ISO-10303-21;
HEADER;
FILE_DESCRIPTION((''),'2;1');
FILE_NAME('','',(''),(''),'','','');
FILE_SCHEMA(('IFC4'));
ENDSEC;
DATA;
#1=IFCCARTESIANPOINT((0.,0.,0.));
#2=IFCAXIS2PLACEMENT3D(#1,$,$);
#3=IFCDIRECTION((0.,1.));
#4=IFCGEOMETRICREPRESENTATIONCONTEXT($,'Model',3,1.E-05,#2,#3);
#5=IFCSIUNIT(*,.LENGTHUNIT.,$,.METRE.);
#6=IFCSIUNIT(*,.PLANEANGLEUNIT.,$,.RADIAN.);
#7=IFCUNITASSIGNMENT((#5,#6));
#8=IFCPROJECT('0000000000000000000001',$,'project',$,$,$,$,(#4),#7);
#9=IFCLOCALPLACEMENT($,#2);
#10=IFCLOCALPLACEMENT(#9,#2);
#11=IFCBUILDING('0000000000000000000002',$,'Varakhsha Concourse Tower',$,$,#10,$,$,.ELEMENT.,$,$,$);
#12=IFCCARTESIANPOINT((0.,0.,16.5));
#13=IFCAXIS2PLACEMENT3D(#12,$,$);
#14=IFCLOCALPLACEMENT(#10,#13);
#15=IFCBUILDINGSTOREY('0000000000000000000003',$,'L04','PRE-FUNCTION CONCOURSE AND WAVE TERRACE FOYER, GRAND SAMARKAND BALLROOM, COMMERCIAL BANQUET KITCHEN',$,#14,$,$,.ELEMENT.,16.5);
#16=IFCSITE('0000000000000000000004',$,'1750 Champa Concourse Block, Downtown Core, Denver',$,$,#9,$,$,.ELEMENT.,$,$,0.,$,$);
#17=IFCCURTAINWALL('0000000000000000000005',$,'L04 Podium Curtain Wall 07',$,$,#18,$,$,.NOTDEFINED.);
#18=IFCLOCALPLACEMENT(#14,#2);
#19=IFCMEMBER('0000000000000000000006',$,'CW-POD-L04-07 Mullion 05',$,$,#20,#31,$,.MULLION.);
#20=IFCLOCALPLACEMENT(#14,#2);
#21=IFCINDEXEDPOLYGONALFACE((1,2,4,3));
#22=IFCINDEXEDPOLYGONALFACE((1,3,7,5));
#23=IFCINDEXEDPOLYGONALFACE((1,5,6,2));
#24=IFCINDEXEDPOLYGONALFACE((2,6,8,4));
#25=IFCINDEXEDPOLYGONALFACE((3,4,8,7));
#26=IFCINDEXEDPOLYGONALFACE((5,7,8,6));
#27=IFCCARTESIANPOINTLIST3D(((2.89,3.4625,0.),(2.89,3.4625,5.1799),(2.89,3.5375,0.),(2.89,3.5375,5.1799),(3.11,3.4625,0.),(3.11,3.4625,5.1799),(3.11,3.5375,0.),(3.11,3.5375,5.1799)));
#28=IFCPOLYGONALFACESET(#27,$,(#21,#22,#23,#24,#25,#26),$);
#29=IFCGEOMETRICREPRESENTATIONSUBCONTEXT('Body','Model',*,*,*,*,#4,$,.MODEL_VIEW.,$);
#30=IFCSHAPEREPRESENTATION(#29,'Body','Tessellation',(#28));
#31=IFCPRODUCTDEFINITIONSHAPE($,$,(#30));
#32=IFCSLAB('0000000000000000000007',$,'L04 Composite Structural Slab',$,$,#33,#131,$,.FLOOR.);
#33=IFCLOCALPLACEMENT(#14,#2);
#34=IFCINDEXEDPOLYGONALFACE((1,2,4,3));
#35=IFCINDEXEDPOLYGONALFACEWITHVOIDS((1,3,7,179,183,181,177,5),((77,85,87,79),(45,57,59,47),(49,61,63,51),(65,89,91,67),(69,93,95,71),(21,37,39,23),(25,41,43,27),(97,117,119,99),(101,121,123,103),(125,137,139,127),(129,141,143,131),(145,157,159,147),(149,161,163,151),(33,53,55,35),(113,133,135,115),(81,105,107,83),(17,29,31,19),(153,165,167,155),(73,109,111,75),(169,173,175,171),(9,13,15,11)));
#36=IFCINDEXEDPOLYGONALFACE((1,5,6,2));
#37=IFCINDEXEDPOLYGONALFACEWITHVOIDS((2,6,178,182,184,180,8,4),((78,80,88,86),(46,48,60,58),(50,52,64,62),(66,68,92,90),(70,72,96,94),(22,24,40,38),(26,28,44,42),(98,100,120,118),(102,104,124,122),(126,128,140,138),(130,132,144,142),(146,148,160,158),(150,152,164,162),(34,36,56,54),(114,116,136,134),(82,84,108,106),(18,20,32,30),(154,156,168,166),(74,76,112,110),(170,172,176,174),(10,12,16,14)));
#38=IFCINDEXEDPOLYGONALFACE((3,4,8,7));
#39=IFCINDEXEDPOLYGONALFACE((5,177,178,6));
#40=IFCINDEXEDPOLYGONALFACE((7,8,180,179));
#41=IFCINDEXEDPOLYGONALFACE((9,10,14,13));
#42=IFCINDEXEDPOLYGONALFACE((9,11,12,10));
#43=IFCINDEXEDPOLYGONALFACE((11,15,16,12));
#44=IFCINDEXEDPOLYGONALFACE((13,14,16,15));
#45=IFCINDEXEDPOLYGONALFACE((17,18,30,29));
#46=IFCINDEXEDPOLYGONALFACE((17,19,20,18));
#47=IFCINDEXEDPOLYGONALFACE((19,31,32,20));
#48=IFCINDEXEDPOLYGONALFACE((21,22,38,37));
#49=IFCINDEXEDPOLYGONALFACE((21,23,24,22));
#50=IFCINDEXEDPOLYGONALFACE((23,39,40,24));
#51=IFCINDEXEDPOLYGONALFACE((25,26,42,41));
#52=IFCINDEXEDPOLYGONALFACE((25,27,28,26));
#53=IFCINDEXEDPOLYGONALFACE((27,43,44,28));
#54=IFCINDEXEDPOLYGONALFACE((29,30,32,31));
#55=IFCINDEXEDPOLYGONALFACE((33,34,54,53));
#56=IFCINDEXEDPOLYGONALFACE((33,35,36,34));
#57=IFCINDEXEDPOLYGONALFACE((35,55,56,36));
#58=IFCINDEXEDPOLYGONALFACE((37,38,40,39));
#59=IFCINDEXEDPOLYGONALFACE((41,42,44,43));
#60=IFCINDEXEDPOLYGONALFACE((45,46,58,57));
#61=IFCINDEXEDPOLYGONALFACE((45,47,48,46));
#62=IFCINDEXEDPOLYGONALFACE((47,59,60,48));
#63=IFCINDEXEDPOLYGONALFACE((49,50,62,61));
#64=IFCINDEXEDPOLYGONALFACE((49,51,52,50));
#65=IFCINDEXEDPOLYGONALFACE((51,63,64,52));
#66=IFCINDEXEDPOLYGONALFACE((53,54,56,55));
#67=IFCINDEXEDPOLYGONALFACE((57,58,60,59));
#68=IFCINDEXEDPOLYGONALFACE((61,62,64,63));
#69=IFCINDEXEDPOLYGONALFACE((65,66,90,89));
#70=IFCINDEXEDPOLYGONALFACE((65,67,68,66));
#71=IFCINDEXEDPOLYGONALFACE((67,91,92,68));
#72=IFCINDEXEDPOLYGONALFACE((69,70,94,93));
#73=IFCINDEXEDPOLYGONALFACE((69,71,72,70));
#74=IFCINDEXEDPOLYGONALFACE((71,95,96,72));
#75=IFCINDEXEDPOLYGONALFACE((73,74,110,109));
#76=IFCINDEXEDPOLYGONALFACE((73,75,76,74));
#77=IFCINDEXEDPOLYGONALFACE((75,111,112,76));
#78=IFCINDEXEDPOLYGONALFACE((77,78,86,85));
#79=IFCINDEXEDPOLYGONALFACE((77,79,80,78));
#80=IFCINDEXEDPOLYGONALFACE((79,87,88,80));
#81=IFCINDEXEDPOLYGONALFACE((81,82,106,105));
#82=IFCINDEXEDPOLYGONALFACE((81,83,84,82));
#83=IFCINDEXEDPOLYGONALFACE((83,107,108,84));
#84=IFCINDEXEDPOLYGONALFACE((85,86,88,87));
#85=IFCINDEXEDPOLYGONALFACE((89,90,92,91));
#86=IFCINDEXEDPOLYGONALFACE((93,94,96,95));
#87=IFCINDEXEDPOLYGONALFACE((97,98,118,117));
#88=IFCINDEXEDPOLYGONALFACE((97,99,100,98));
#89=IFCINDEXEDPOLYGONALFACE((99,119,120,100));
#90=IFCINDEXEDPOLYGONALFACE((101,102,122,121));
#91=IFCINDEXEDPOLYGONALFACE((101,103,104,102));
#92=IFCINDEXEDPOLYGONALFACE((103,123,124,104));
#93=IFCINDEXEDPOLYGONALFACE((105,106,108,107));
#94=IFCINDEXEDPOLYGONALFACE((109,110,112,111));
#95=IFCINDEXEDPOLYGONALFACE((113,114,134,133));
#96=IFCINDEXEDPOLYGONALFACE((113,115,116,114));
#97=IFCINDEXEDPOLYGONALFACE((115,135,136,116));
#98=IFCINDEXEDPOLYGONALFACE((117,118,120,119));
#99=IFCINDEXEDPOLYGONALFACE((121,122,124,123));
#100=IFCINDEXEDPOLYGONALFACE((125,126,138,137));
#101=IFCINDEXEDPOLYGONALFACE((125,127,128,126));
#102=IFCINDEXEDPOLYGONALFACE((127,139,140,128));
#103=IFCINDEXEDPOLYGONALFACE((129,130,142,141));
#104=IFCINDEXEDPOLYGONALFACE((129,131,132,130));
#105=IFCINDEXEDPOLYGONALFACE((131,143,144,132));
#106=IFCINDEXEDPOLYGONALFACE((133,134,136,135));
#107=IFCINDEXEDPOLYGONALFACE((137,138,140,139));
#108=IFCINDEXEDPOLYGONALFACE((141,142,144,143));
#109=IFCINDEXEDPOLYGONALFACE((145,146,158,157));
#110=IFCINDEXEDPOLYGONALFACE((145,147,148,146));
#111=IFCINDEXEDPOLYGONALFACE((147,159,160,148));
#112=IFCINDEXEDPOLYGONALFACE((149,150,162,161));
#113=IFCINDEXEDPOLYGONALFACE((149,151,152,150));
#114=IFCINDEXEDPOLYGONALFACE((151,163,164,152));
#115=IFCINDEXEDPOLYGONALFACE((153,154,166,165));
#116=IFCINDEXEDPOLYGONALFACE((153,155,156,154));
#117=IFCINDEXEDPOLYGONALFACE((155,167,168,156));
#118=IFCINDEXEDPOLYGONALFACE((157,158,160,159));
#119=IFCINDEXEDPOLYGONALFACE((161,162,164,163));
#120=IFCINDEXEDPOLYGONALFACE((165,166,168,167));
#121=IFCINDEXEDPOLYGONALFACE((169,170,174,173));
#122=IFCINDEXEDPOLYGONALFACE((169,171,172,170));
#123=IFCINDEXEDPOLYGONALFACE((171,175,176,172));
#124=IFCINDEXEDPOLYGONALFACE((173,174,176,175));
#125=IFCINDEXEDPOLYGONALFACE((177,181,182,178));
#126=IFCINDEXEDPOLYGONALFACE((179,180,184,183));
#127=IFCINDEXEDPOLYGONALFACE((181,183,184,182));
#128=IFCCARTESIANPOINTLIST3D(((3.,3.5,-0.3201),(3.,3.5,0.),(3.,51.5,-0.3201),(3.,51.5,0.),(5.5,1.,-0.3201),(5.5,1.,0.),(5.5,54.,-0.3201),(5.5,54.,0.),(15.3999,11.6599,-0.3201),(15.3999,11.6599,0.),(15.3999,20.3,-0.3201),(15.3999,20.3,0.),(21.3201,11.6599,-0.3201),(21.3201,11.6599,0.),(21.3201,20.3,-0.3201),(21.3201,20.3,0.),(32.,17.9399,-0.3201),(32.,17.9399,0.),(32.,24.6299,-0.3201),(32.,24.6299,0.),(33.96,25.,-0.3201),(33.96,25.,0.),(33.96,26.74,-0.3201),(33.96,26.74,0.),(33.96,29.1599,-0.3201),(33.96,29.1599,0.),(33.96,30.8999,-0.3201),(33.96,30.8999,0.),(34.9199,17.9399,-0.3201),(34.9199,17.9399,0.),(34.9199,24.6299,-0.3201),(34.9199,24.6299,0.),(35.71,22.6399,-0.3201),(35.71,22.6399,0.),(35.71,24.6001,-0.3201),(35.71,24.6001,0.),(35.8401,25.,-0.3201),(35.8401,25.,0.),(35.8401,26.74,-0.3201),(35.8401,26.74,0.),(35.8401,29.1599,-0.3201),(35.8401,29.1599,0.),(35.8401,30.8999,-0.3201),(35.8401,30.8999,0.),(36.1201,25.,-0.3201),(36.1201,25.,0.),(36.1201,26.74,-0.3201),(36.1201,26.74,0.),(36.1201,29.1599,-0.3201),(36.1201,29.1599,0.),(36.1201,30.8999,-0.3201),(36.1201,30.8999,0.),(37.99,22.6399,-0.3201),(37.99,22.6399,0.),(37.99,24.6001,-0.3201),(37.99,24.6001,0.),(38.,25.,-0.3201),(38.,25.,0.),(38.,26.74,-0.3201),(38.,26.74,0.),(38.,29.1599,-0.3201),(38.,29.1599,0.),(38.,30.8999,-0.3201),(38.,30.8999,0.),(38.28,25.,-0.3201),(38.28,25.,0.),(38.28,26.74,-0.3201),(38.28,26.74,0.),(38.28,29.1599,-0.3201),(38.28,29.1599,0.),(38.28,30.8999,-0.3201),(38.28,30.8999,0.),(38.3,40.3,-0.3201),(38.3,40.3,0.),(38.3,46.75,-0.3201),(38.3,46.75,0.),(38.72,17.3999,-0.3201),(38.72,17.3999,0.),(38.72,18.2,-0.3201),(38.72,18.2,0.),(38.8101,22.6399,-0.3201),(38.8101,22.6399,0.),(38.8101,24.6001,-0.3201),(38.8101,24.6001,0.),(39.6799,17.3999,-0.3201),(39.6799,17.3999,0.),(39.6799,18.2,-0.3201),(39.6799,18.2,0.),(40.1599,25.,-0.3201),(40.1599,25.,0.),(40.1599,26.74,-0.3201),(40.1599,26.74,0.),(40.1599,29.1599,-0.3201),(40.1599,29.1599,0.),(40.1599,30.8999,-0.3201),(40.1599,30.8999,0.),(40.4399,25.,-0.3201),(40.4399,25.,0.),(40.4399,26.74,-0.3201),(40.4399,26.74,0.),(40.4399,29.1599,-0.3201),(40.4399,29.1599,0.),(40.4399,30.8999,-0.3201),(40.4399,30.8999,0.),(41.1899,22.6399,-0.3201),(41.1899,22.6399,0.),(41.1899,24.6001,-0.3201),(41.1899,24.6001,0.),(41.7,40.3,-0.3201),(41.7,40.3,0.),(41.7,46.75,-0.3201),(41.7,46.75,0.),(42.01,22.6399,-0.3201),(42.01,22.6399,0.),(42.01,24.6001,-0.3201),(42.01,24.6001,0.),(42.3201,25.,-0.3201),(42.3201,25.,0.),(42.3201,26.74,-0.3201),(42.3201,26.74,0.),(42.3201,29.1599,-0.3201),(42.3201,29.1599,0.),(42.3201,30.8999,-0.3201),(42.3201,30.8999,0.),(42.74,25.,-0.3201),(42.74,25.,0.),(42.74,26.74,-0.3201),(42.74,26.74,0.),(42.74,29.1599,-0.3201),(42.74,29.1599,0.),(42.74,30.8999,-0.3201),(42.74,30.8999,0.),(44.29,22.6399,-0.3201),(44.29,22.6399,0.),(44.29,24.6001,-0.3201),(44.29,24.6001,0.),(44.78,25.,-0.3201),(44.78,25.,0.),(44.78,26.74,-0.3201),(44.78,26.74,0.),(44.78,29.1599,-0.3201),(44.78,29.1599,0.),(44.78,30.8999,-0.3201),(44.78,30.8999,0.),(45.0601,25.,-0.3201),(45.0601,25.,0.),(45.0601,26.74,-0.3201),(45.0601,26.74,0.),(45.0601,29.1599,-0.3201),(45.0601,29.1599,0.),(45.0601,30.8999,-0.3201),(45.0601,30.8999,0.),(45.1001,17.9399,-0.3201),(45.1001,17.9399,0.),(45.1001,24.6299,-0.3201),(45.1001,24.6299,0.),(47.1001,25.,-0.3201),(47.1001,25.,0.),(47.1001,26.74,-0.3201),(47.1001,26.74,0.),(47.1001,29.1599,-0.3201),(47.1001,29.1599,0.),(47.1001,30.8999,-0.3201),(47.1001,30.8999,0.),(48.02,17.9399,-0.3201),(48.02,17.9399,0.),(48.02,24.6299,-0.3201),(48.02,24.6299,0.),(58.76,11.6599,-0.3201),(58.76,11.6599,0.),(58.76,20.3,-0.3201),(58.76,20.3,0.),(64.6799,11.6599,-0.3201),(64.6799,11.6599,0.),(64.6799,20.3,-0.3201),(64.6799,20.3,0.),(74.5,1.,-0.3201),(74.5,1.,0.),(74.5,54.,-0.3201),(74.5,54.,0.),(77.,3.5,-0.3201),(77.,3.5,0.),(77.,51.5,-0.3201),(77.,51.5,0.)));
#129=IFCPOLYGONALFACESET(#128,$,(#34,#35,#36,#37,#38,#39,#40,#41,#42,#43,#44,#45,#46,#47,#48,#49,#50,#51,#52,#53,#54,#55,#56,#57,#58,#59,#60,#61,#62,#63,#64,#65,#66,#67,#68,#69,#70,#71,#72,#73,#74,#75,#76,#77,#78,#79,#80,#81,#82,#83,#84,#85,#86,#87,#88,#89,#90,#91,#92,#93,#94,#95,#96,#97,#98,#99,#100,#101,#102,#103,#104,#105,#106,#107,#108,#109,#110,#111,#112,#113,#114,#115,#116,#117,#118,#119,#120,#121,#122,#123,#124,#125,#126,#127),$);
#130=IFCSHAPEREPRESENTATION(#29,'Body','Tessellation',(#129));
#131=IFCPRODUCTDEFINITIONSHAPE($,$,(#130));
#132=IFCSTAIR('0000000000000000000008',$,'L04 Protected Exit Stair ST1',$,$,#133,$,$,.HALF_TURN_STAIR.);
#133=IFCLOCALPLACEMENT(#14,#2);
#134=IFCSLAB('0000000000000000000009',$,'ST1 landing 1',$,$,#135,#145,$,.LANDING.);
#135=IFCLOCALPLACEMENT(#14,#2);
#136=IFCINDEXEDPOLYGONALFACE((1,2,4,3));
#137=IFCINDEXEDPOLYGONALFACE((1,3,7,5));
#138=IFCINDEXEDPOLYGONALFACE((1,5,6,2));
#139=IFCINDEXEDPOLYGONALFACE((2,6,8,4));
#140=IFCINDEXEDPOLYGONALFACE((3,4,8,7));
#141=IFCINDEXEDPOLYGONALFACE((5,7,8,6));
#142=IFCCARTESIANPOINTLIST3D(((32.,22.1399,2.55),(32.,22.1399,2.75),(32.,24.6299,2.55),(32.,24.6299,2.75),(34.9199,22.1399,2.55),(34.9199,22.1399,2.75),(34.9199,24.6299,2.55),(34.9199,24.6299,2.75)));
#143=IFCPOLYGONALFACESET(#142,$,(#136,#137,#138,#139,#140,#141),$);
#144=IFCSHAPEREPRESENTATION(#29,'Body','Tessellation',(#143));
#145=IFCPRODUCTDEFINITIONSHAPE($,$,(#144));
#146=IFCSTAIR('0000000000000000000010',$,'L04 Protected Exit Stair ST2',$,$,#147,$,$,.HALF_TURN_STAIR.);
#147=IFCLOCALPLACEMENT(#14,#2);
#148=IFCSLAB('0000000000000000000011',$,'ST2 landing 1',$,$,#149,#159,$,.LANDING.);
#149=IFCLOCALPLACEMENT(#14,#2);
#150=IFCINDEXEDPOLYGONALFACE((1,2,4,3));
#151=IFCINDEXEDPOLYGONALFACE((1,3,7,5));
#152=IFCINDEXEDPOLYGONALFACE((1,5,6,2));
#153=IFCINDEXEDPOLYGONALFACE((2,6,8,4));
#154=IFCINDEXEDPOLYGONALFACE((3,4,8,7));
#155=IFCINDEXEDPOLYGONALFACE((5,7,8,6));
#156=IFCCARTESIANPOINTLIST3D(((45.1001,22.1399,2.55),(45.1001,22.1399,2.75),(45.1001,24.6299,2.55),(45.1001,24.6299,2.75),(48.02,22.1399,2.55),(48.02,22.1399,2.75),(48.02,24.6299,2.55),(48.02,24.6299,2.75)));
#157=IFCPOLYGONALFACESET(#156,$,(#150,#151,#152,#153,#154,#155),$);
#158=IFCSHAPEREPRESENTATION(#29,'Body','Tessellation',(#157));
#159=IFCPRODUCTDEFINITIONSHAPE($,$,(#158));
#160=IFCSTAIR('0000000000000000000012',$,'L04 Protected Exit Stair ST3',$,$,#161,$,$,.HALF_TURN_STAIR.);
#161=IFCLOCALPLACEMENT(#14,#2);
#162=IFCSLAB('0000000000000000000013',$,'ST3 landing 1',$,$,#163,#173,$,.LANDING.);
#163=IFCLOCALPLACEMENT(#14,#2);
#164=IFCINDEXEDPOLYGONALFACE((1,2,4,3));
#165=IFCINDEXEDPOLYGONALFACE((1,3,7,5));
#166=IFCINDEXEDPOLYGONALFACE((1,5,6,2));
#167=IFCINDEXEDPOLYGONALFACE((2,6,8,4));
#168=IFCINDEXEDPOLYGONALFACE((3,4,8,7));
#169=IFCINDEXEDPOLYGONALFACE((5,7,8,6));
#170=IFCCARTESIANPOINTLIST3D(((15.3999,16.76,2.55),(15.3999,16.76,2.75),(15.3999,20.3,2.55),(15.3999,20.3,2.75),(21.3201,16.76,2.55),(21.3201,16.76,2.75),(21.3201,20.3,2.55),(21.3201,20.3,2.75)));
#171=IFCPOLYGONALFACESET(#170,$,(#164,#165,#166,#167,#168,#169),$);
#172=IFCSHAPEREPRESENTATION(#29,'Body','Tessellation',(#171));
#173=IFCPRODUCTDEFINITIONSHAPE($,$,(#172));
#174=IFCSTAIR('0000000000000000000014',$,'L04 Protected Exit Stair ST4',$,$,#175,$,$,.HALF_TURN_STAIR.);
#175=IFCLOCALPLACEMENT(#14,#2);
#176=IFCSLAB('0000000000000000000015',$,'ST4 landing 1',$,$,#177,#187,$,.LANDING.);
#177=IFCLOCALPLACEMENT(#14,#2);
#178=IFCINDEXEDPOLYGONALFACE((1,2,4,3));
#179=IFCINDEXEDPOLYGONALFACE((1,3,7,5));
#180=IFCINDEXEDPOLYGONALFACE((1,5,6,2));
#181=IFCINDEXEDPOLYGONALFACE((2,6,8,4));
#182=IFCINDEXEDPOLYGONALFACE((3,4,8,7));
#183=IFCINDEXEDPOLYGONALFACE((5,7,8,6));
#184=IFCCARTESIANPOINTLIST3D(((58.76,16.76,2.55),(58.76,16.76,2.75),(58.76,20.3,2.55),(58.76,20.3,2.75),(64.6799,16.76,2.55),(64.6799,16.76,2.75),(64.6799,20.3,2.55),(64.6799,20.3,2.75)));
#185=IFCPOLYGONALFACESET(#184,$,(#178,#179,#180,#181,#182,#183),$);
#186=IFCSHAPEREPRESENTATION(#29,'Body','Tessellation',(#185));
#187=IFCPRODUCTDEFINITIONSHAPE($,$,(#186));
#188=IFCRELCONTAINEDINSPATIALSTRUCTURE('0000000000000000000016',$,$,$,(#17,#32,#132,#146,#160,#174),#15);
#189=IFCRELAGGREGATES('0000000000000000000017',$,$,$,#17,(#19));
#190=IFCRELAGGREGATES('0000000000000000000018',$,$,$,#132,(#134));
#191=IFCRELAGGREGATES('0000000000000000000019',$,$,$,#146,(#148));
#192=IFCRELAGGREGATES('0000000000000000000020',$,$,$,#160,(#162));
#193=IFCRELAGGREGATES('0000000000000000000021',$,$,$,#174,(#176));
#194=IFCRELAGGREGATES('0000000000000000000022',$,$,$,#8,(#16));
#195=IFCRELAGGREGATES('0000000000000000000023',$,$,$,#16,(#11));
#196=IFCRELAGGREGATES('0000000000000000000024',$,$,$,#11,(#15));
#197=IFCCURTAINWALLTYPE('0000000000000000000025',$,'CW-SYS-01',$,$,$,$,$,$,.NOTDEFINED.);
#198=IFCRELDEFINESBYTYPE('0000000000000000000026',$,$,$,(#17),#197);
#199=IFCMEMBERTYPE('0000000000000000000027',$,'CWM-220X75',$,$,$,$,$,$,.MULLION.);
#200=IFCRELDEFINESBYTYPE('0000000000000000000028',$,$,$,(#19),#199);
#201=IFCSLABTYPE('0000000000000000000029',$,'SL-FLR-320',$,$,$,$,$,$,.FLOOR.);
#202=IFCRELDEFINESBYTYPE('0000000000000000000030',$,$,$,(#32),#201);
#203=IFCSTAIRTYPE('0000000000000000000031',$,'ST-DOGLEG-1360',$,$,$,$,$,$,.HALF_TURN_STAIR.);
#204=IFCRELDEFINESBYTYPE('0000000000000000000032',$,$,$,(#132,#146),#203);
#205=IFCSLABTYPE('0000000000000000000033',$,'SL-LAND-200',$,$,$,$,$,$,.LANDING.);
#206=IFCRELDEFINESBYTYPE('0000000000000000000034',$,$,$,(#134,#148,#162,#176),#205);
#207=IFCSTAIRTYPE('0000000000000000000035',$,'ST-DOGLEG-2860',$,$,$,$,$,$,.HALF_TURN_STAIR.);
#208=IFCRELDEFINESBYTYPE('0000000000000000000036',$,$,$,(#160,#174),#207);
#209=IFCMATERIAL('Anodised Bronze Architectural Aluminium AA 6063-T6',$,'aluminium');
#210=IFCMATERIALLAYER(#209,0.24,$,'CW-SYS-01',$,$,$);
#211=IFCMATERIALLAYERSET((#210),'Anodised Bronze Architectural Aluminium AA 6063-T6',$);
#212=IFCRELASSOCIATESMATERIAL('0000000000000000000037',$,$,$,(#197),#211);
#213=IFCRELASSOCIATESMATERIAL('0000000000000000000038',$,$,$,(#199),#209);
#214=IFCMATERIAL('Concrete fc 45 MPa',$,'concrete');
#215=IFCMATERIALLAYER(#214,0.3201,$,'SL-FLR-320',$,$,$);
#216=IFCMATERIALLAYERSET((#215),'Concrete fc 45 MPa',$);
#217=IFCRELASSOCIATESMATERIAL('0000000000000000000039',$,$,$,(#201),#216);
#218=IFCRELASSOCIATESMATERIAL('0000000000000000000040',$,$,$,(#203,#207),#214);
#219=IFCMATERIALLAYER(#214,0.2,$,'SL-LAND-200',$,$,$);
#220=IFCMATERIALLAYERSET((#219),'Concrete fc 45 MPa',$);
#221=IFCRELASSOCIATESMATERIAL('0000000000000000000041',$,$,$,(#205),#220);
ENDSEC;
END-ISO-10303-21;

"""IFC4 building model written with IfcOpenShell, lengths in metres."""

from ifc_helpers import new_model, si_unit, direction, frame, origin, origin_2d, place, context, subcontext, project, spatial, polyline, rectangle, outline, extrude, source, transform, mapped, material, layer, layer_set, material_profile, profile_set, type_object, type_shapes, element, aggregate, save


model = new_model("IFC4")

# Units and contexts
model_context = context("Model", 3, precision=1e-05, world=origin(), true_north=direction((0.0, 1.0)))
body_context = subcontext(model_context, "Body", "Model", "MODEL_VIEW")
ifc_project = project(units=[si_unit("LENGTHUNIT", "METRE"), si_unit("PLANEANGLEUNIT", "RADIAN")], contexts=[model_context])

# Site, building, storey
site_placement = place(None, origin())
site = spatial("IfcSite", under=ifc_project, at=site_placement, Name="1750 Champa Concourse Block, Downtown Core, Denver", CompositionType="ELEMENT", RefElevation=0.0)
building_placement = place(site_placement, origin())
building = spatial("IfcBuilding", under=site, at=building_placement, Name="Varakhsha Concourse Tower", CompositionType="ELEMENT")
storey_placement = place(building_placement, frame((0.0, 0.0, 16.5)))
storey = spatial("IfcBuildingStorey", under=building, at=storey_placement, Name="L04", Description="PRE-FUNCTION CONCOURSE AND WAVE TERRACE FOYER, GRAND SAMARKAND BALLROOM, COMMERCIAL BANQUET KITCHEN", CompositionType="ELEMENT", Elevation=16.5)

# Curtain wall, member
ifc_material_1 = material(Name="Anodised Bronze Architectural Aluminium AA 6063-T6", Category="aluminium")
ifc_layer_1 = layer(ifc_material_1, 0.24, Name="CW-SYS-01")
ifc_layer_set_1 = layer_set([ifc_layer_1], Name="Anodised Bronze Architectural Aluminium AA 6063-T6")
curtain_wall_type = type_object("IfcCurtainWallType", Name="CW-SYS-01", PredefinedType="NOTDEFINED", material=ifc_layer_set_1)
curtain_wall_placement = place(storey_placement, origin())
curtain_wall = element("IfcCurtainWall", 1, at=curtain_wall_placement, inside=storey, type_object=curtain_wall_type, Name="L04 Podium Curtain Wall 07", PredefinedType="NOTDEFINED")
ifc_material_profile = material_profile(ifc_material_1, rectangle(XDim=0.075, YDim=0.22, at=origin_2d()), Name="CWM-220X75")
ifc_profile_set = profile_set([ifc_material_profile], Name="Anodised Bronze Architectural Aluminium AA 6063-T6")
member_type = type_object("IfcMemberType", Name="CWM-220X75", PredefinedType="MULLION", material=ifc_profile_set)
shared_shape = source(origin(), body_context, "Body", "SweptSolid", [
    extrude(rectangle(XDim=0.075, YDim=0.22, at=origin_2d()), origin(), (0.0, 0.0, 1.0), 5.1799),
])
type_shapes(member_type, [shared_shape])
member_placement = place(storey_placement, frame((3.0, 3.5, 0.0), z_axis=(0.0, 0.0, 1.0), x_axis=(0.0, -1.0, 0.0)))
member = element("IfcMember", 2, at=member_placement, type_object=member_type, Name="CW-POD-L04-07 Mullion 05", PredefinedType="MULLION", context=body_context, shape_type="MappedRepresentation", body=[
    mapped(shared_shape, transform((0.0, 0.0, 0.0), scale=1.0)),
])
aggregate(curtain_wall, [member])

# Slab
ifc_material_2 = material(Name="Concrete fc 45 MPa", Category="concrete")
ifc_layer_2 = layer(ifc_material_2, 0.3201, Name="SL-FLR-320")
ifc_layer_set_2 = layer_set([ifc_layer_2], Name="Concrete fc 45 MPa")
slab_type_1 = type_object("IfcSlabType", Name="SL-FLR-320", PredefinedType="FLOOR", material=ifc_layer_set_2)
slab_1_placement = place(storey_placement, frame((0.0, 0.0, -0.3201)))
element("IfcSlab", 3, at=slab_1_placement, inside=storey, type_object=slab_type_1, Name="L04 Composite Structural Slab", PredefinedType="FLOOR", context=body_context, shape_type="SweptSolid", body=[
    extrude(outline(polyline([(5.5, 1.0), (74.5, 1.0), (77.0, 3.5), (77.0, 51.5), (74.5, 54.0), (5.5, 54.0), (3.0, 51.5), (3.0, 3.5), (5.5, 1.0)]), holes=[polyline([(34.9199, 17.9399), (34.9199, 24.6299), (32.0, 24.6299), (32.0, 17.9399), (34.9199, 17.9399)]), polyline([(48.02, 17.9399), (48.02, 24.6299), (45.1001, 24.6299), (45.1001, 17.9399), (48.02, 17.9399)]), polyline([(21.3201, 11.6599), (21.3201, 20.3), (15.3999, 20.3), (15.3999, 11.6599), (21.3201, 11.6599)]), polyline([(64.6799, 11.6599), (64.6799, 20.3), (58.76, 20.3), (58.76, 11.6599), (64.6799, 11.6599)]), polyline([(41.7, 40.3), (41.7, 46.75), (38.3, 46.75), (38.3, 40.3), (41.7, 40.3)]), polyline([(33.96, 29.1599), (35.8401, 29.1599), (35.8401, 30.8999), (33.96, 30.8999), (33.96, 29.1599)]), polyline([(36.1201, 29.1599), (38.0, 29.1599), (38.0, 30.8999), (36.1201, 30.8999), (36.1201, 29.1599)]), polyline([(38.28, 29.1599), (40.1599, 29.1599), (40.1599, 30.8999), (38.28, 30.8999), (38.28, 29.1599)]), polyline([(40.4399, 29.1599), (42.3201, 29.1599), (42.3201, 30.8999), (40.4399, 30.8999), (40.4399, 29.1599)]), polyline([(33.96, 25.0), (35.8401, 25.0), (35.8401, 26.74), (33.96, 26.74), (33.96, 25.0)]), polyline([(36.1201, 25.0), (38.0, 25.0), (38.0, 26.74), (36.1201, 26.74), (36.1201, 25.0)]), polyline([(38.28, 25.0), (40.1599, 25.0), (40.1599, 26.74), (38.28, 26.74), (38.28, 25.0)]), polyline([(40.4399, 25.0), (42.3201, 25.0), (42.3201, 26.74), (40.4399, 26.74), (40.4399, 25.0)]), polyline([(42.74, 29.1599), (44.78, 29.1599), (44.78, 30.8999), (42.74, 30.8999), (42.74, 29.1599)]), polyline([(45.0601, 29.1599), (47.1001, 29.1599), (47.1001, 30.8999), (45.0601, 30.8999), (45.0601, 29.1599)]), polyline([(42.74, 25.0), (44.78, 25.0), (44.78, 26.74), (42.74, 26.74), (42.74, 25.0)]), polyline([(45.0601, 25.0), (47.1001, 25.0), (47.1001, 26.74), (45.0601, 26.74), (45.0601, 25.0)]), polyline([(35.71, 22.6399), (37.99, 22.6399), (37.99, 24.6001), (35.71, 24.6001), (35.71, 22.6399)]), polyline([(42.01, 22.6399), (44.29, 22.6399), (44.29, 24.6001), (42.01, 24.6001), (42.01, 22.6399)]), polyline([(38.8101, 22.6399), (41.1899, 22.6399), (41.1899, 24.6001), (38.8101, 24.6001), (38.8101, 22.6399)]), polyline([(38.72, 17.3999), (39.6799, 17.3999), (39.6799, 18.2), (38.72, 18.2), (38.72, 17.3999)])]), origin(), (0.0, 0.0, 1.0), 0.3201),
])

# Stairs, slabs
stair_type_1 = type_object("IfcStairType", Name="ST-DOGLEG-1360", PredefinedType="HALF_TURN_STAIR", material=ifc_material_2)
stair_1_placement = place(storey_placement, origin())
stair_1 = element("IfcStair", 4, at=stair_1_placement, inside=storey, type_object=stair_type_1, Name="L04 Protected Exit Stair ST1", PredefinedType="HALF_TURN_STAIR")
ifc_layer_3 = layer(ifc_material_2, 0.2, Name="SL-LAND-200")
ifc_layer_set_3 = layer_set([ifc_layer_3], Name="Concrete fc 45 MPa")
slab_type_2 = type_object("IfcSlabType", Name="SL-LAND-200", PredefinedType="LANDING", material=ifc_layer_set_3)
slab_2_placement = place(storey_placement, frame((0.0, 0.0, 2.55)))
slab_2 = element("IfcSlab", 5, at=slab_2_placement, type_object=slab_type_2, Name="ST1 landing 1", PredefinedType="LANDING", context=body_context, shape_type="SweptSolid", body=[
    extrude(outline(polyline([(34.9199, 22.1399), (34.9199, 24.6299), (32.0, 24.6299), (32.0, 22.1399), (34.9199, 22.1399)])), origin(), (0.0, 0.0, 1.0), 0.2),
])
aggregate(stair_1, [slab_2])
stair_2_placement = place(storey_placement, origin())
stair_2 = element("IfcStair", 6, at=stair_2_placement, inside=storey, type_object=stair_type_1, Name="L04 Protected Exit Stair ST2", PredefinedType="HALF_TURN_STAIR")
slab_3_placement = place(storey_placement, frame((0.0, 0.0, 2.55)))
slab_3 = element("IfcSlab", 7, at=slab_3_placement, type_object=slab_type_2, Name="ST2 landing 1", PredefinedType="LANDING", context=body_context, shape_type="SweptSolid", body=[
    extrude(outline(polyline([(48.02, 22.1399), (48.02, 24.6299), (45.1001, 24.6299), (45.1001, 22.1399), (48.02, 22.1399)])), origin(), (0.0, 0.0, 1.0), 0.2),
])
aggregate(stair_2, [slab_3])
stair_type_2 = type_object("IfcStairType", Name="ST-DOGLEG-2860", PredefinedType="HALF_TURN_STAIR", material=ifc_material_2)
stair_3_placement = place(storey_placement, origin())
stair_3 = element("IfcStair", 8, at=stair_3_placement, inside=storey, type_object=stair_type_2, Name="L04 Protected Exit Stair ST3", PredefinedType="HALF_TURN_STAIR")
slab_4_placement = place(storey_placement, frame((0.0, 0.0, 2.55)))
slab_4 = element("IfcSlab", 9, at=slab_4_placement, type_object=slab_type_2, Name="ST3 landing 1", PredefinedType="LANDING", context=body_context, shape_type="SweptSolid", body=[
    extrude(outline(polyline([(21.3201, 16.76), (21.3201, 20.3), (15.3999, 20.3), (15.3999, 16.76), (21.3201, 16.76)])), origin(), (0.0, 0.0, 1.0), 0.2),
])
aggregate(stair_3, [slab_4])
stair_4_placement = place(storey_placement, origin())
stair_4 = element("IfcStair", 10, at=stair_4_placement, inside=storey, type_object=stair_type_2, Name="L04 Protected Exit Stair ST4", PredefinedType="HALF_TURN_STAIR")
slab_5_placement = place(storey_placement, frame((0.0, 0.0, 2.55)))
slab_5 = element("IfcSlab", 11, at=slab_5_placement, type_object=slab_type_2, Name="ST4 landing 1", PredefinedType="LANDING", context=body_context, shape_type="SweptSolid", body=[
    extrude(outline(polyline([(64.6799, 16.76), (64.6799, 20.3), (58.76, 20.3), (58.76, 16.76), (64.6799, 16.76)])), origin(), (0.0, 0.0, 1.0), 0.2),
])
aggregate(stair_4, [slab_5])

save(model, "model.ifc")
